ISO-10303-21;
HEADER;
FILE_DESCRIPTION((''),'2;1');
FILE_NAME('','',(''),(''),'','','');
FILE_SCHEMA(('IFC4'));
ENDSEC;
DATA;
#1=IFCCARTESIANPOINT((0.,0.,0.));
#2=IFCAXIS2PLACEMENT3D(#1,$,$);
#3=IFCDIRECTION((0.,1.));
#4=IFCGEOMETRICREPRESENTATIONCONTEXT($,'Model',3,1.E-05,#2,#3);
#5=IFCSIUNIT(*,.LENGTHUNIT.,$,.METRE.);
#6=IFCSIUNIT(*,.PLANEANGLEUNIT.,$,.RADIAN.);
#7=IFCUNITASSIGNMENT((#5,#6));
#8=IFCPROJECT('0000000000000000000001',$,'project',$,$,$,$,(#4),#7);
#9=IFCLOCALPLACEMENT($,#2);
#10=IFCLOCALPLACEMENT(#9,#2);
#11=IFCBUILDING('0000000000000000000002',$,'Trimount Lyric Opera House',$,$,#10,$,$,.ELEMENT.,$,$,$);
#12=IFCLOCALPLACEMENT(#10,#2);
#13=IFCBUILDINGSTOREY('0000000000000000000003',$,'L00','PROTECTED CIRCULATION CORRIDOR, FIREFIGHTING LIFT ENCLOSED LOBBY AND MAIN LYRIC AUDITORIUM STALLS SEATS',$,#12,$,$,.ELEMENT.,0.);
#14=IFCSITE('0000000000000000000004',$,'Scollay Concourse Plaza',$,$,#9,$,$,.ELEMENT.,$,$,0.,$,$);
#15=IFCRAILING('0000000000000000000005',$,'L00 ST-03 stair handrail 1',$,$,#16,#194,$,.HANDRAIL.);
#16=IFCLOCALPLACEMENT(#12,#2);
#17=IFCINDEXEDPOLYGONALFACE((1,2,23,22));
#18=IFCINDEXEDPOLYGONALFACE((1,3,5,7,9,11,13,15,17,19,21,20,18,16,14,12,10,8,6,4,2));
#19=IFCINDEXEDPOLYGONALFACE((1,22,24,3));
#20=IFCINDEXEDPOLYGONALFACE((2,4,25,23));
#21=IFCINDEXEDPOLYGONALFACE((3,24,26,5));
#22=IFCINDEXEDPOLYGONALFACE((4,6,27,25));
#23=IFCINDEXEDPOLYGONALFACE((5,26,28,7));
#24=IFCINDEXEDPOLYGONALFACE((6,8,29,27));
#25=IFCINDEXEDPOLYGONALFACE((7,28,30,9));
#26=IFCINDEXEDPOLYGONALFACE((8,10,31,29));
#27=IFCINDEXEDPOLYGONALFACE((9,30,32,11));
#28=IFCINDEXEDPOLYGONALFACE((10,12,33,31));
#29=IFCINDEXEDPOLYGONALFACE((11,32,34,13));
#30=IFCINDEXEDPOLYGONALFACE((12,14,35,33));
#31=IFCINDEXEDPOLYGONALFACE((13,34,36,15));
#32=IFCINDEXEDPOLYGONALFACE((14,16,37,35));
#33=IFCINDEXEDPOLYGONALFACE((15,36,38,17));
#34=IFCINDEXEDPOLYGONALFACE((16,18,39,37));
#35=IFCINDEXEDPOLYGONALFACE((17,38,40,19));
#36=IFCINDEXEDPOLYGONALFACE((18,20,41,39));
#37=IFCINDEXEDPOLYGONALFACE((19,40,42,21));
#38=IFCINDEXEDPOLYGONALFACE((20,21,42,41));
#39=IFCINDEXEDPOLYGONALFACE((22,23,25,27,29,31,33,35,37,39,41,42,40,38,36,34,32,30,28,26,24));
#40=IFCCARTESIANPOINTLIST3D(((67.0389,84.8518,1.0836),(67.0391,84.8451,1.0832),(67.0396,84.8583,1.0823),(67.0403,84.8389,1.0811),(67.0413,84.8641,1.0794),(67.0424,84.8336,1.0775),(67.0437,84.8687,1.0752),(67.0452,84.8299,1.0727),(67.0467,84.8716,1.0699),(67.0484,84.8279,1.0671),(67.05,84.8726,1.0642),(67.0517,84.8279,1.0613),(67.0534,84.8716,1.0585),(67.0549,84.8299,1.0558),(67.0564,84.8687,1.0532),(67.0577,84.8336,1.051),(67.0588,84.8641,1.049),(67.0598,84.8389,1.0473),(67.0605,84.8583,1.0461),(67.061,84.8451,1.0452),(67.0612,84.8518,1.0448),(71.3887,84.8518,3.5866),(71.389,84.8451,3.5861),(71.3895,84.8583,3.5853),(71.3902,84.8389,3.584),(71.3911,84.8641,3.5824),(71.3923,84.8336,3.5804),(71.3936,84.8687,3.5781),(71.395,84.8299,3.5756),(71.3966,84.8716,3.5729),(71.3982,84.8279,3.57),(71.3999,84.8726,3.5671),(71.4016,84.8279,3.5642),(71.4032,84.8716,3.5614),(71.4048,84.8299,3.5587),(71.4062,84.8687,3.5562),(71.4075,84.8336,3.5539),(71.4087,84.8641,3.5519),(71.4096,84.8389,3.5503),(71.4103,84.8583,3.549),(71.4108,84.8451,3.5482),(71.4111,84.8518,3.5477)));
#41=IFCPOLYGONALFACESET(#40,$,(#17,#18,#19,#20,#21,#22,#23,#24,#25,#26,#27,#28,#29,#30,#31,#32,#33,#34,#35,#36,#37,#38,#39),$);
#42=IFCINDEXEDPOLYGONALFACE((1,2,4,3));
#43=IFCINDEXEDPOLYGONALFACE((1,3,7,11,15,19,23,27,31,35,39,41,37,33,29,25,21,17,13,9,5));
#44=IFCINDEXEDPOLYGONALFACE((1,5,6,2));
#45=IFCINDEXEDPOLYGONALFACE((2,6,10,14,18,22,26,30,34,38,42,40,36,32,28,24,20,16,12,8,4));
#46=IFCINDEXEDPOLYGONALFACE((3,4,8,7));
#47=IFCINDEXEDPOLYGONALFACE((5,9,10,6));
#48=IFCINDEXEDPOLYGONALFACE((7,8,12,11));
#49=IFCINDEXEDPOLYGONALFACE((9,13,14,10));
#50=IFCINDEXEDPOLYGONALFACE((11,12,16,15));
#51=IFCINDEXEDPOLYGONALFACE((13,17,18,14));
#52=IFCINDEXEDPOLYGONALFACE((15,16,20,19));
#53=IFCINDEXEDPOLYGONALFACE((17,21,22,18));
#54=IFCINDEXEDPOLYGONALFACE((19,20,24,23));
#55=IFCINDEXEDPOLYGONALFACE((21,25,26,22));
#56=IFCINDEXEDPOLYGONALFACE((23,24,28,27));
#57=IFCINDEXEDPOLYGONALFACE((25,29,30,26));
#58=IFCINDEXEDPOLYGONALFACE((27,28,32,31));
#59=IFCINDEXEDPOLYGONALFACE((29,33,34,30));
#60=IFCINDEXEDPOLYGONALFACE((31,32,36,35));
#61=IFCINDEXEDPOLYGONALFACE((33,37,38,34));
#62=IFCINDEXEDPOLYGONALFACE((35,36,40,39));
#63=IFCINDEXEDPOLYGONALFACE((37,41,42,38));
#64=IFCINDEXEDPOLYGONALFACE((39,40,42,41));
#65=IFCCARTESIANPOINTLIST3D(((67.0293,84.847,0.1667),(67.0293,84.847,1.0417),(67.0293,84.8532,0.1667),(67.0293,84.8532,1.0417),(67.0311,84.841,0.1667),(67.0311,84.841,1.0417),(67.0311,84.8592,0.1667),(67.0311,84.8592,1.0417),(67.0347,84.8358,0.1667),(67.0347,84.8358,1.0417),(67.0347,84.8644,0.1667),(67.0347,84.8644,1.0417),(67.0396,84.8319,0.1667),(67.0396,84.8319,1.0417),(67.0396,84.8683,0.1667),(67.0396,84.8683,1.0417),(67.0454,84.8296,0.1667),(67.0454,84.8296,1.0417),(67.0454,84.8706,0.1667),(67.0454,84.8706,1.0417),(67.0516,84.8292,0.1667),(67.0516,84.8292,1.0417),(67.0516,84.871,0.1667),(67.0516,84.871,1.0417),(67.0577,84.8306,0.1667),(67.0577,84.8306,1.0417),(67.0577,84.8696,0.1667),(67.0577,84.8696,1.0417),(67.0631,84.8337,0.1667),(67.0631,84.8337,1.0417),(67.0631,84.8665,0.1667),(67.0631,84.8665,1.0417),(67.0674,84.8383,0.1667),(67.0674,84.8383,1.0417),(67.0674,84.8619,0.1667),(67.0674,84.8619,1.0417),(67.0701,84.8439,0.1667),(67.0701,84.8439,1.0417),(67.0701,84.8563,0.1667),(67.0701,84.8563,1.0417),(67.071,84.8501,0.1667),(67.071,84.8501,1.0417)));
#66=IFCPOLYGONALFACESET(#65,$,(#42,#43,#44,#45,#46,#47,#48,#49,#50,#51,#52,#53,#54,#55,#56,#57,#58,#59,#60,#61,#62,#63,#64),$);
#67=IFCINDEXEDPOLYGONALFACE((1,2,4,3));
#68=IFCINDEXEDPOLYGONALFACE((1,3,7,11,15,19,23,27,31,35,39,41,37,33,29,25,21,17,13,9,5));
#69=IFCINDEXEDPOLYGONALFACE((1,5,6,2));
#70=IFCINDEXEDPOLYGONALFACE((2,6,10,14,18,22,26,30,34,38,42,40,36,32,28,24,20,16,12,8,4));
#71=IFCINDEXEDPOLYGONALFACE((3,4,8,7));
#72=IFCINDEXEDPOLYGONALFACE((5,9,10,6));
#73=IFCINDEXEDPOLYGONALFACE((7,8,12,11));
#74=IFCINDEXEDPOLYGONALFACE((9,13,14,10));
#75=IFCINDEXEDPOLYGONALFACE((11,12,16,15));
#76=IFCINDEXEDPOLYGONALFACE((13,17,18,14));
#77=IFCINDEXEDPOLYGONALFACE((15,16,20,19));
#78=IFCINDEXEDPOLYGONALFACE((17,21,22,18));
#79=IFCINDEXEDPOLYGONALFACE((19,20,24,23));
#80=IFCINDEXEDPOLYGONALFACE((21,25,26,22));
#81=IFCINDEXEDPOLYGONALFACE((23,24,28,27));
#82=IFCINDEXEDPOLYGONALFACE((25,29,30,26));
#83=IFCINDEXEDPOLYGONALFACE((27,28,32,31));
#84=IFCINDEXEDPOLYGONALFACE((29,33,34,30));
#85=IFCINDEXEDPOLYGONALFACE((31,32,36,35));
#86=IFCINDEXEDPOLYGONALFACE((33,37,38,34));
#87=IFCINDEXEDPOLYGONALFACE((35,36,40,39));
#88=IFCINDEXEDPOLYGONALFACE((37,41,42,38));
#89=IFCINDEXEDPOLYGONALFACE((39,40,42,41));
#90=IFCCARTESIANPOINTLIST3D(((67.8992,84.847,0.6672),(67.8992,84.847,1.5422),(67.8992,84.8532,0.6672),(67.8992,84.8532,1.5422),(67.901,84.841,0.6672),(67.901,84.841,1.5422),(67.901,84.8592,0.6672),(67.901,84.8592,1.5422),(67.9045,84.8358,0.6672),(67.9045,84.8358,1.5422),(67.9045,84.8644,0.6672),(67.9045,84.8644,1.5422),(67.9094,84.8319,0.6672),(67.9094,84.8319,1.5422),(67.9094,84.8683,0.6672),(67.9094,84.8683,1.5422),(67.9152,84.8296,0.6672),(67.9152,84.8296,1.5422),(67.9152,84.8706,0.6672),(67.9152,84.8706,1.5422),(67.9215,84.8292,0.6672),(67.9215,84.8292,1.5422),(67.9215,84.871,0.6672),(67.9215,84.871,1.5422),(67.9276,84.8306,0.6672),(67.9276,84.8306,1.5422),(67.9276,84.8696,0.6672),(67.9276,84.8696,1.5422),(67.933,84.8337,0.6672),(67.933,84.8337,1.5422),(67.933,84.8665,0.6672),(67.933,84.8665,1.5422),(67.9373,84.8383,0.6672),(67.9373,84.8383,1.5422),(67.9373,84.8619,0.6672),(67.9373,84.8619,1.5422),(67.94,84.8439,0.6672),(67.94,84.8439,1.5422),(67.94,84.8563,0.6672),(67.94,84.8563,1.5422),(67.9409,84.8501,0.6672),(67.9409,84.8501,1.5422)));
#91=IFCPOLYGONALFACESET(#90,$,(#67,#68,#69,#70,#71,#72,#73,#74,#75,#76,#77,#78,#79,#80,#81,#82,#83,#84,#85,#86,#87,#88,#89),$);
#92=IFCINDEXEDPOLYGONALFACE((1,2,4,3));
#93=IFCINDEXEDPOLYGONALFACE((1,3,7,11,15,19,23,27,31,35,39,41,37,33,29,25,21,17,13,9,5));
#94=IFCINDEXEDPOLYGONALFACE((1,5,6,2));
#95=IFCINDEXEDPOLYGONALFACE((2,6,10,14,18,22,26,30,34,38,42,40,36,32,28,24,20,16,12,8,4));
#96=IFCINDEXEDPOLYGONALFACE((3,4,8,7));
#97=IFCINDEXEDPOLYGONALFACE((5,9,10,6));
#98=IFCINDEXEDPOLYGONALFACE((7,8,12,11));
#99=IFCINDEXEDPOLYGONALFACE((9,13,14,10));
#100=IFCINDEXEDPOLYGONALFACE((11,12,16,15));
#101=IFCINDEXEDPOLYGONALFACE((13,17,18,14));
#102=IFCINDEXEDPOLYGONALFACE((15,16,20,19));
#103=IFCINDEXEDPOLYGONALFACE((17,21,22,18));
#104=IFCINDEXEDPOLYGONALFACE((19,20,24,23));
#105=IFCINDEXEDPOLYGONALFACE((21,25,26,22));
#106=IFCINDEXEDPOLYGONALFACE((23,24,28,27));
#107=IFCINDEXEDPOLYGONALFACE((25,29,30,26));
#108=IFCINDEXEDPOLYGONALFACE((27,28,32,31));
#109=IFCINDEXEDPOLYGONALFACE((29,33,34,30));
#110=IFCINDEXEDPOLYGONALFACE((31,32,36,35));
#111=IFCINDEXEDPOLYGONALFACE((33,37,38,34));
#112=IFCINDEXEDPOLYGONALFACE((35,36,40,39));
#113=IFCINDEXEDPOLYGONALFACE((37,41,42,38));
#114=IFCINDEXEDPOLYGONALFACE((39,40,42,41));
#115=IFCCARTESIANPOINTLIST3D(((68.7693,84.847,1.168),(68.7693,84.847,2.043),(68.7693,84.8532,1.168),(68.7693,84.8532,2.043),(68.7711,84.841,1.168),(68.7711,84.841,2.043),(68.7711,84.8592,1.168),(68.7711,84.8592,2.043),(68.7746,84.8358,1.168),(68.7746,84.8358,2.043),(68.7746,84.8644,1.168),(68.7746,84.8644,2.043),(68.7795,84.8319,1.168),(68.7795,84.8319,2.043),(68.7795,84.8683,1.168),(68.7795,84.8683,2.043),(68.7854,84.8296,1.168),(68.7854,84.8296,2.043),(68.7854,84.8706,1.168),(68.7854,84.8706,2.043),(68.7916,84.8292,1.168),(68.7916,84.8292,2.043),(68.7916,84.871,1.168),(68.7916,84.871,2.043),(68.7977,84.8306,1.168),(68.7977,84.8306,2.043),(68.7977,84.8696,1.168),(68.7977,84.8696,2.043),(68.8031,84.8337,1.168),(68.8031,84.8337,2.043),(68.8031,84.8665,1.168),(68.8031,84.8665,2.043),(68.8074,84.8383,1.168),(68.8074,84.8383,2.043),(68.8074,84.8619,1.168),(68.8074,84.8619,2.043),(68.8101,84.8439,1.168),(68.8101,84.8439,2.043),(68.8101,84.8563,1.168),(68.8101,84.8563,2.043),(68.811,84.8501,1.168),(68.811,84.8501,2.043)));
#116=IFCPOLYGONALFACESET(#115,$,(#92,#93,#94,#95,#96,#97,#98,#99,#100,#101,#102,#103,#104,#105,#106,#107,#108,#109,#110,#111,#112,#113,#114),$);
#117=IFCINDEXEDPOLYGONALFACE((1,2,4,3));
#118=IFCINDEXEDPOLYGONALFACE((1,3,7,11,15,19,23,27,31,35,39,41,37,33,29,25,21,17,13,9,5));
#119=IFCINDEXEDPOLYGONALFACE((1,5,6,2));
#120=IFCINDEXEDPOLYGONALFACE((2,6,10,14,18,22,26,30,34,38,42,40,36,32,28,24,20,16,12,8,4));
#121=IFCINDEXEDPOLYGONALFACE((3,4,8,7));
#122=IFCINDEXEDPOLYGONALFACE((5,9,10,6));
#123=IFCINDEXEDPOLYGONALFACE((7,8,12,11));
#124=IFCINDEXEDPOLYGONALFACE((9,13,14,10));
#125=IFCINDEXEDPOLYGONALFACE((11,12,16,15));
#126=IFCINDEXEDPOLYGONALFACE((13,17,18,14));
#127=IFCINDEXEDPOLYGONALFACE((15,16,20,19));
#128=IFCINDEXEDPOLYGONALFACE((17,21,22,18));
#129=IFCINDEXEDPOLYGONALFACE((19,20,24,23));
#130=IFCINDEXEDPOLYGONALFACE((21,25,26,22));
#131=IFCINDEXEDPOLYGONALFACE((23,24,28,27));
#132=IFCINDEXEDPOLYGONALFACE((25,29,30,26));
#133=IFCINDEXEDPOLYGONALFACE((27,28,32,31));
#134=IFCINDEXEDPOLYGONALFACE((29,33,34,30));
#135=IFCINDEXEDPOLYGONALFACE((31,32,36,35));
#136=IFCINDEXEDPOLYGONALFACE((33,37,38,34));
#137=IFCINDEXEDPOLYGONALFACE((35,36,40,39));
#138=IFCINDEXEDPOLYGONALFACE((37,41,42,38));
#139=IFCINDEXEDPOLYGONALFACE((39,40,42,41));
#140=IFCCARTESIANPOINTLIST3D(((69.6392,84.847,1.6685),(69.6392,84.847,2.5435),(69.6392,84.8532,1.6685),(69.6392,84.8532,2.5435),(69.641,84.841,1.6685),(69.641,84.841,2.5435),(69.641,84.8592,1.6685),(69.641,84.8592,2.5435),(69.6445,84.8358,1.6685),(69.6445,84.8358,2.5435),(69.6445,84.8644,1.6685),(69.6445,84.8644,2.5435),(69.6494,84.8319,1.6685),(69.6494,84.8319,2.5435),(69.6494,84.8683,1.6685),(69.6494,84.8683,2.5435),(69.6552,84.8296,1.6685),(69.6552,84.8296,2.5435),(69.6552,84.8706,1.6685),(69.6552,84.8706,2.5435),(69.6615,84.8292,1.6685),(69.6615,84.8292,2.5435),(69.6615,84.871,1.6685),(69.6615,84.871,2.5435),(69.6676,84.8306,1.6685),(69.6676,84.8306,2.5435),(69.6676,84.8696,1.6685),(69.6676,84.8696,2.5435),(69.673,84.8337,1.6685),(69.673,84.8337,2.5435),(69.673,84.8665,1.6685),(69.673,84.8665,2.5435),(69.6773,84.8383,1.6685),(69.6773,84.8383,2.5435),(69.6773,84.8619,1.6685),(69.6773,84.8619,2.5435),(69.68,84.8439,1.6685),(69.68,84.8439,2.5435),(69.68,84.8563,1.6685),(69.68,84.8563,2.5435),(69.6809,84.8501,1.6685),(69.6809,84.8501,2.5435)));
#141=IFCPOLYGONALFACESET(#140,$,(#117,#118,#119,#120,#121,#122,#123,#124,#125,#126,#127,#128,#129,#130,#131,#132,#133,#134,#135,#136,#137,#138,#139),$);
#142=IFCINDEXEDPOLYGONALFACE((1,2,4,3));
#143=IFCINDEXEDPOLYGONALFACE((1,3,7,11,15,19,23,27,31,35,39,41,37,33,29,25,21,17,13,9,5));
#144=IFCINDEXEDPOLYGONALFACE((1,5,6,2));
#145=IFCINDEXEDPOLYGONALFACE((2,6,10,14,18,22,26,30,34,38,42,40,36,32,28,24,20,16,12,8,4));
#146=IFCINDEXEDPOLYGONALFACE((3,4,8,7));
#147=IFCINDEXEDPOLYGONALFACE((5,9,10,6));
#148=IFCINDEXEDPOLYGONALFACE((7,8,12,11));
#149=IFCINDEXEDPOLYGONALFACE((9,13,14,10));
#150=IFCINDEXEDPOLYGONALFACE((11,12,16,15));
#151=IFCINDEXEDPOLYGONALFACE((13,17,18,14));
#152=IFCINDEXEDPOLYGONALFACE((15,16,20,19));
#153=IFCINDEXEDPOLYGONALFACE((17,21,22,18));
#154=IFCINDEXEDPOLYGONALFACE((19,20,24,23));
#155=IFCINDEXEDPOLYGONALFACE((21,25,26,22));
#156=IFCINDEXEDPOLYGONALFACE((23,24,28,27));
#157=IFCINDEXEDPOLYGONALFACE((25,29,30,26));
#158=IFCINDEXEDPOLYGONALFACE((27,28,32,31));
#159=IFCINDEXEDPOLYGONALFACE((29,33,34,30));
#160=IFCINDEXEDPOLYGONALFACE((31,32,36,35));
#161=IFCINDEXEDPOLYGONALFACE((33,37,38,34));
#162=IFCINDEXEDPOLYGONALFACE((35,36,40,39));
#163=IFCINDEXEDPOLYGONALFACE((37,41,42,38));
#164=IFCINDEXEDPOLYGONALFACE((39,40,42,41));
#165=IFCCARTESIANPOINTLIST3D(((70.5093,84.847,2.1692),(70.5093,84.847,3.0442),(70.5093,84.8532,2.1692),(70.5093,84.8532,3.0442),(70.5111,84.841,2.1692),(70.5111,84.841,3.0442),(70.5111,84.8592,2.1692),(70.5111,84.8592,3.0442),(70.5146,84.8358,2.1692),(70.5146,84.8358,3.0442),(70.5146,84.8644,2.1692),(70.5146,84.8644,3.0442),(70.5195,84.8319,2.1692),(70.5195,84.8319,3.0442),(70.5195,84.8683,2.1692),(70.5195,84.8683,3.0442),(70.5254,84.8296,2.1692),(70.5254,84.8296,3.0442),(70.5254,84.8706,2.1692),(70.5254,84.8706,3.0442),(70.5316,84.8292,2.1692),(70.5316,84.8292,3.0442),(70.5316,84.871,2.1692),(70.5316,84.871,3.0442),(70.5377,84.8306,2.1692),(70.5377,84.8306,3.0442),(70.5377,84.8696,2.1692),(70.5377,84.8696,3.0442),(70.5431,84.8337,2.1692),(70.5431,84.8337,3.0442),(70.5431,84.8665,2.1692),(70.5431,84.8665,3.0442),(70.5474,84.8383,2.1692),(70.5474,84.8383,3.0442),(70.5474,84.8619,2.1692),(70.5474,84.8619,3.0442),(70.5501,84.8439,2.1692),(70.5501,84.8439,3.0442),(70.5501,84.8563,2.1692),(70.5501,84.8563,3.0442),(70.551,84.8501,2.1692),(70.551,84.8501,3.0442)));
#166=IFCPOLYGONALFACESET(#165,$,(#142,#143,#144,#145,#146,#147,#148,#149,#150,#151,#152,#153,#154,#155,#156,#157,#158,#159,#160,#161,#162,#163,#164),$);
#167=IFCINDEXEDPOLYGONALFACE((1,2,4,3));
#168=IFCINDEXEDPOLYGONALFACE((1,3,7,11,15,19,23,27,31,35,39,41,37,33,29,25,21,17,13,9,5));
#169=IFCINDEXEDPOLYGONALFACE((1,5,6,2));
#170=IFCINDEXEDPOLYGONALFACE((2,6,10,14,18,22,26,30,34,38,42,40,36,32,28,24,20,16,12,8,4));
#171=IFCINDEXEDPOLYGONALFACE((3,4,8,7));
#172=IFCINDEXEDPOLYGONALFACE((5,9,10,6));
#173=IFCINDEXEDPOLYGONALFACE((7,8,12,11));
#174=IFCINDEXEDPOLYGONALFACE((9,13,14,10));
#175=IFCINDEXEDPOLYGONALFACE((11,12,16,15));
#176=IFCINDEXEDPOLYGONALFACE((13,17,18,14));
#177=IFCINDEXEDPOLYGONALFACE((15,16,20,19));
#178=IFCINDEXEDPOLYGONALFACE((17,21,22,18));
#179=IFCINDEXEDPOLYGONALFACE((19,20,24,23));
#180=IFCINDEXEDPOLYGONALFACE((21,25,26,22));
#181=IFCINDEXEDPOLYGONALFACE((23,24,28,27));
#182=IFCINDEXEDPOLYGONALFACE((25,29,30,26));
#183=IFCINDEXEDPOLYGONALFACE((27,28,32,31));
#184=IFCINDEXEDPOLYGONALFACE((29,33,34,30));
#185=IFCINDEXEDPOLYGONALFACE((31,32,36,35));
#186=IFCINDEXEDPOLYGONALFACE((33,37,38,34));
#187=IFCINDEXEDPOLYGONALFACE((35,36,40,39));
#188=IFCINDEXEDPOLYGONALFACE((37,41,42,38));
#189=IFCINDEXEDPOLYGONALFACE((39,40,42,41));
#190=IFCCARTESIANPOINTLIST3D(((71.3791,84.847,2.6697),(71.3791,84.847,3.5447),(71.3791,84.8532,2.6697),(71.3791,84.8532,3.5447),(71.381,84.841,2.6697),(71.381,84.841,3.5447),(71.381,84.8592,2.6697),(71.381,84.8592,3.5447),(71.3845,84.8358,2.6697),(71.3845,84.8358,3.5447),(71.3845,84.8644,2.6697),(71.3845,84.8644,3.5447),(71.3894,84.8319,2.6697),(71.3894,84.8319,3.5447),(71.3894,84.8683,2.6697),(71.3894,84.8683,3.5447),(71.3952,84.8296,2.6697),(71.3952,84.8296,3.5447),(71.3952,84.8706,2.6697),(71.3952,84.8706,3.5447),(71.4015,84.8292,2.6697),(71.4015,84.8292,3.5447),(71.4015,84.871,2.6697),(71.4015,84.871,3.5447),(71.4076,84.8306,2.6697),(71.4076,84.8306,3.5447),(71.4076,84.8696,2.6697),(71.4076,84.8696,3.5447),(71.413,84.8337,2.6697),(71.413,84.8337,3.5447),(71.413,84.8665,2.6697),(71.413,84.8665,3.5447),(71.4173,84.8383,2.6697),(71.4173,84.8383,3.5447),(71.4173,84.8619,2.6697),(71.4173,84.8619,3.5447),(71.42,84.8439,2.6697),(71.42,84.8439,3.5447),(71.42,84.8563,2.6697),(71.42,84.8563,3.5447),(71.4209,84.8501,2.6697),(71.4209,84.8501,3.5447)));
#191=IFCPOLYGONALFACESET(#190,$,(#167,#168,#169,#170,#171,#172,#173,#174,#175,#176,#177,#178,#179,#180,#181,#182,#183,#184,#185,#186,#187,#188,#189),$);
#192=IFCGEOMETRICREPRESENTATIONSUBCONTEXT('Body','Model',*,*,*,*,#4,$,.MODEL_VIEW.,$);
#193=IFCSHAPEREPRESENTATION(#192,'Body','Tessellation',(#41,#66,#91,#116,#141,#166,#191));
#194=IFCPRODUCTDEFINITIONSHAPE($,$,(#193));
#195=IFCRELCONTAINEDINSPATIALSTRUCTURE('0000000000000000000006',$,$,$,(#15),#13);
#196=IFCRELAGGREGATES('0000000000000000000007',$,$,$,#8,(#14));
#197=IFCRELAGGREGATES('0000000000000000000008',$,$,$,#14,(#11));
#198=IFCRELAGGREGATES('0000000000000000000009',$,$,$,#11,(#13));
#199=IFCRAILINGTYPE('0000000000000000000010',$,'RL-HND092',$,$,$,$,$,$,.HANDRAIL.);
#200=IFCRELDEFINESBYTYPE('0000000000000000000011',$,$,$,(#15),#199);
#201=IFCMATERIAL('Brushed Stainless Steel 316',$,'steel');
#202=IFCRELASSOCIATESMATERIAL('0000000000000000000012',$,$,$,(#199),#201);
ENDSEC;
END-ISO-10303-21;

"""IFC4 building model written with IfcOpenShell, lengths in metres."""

from ifc_helpers import new_model, si_unit, direction, frame, origin, origin_2d, place, context, subcontext, project, spatial, circle, extrude, material, type_object, element, save


model = new_model("IFC4")

# Units and contexts
model_context = context("Model", 3, precision=1e-05, world=origin(), true_north=direction((0.0, 1.0)))
body_context = subcontext(model_context, "Body", "Model", "MODEL_VIEW")
ifc_project = project(units=[si_unit("LENGTHUNIT", "METRE"), si_unit("PLANEANGLEUNIT", "RADIAN")], contexts=[model_context])

# Site, building, storey
site_placement = place(None, origin())
site = spatial("IfcSite", under=ifc_project, at=site_placement, Name="Scollay Concourse Plaza", CompositionType="ELEMENT", RefElevation=0.0)
building_placement = place(site_placement, origin())
building = spatial("IfcBuilding", under=site, at=building_placement, Name="Trimount Lyric Opera House", CompositionType="ELEMENT")
storey_placement = place(building_placement, origin())
storey = spatial("IfcBuildingStorey", under=building, at=storey_placement, Name="L00", Description="PROTECTED CIRCULATION CORRIDOR, FIREFIGHTING LIFT ENCLOSED LOBBY AND MAIN LYRIC AUDITORIUM STALLS SEATS", CompositionType="ELEMENT", Elevation=0.0)

# Railing
ifc_material_1 = material(Name="Brushed Stainless Steel 316", Category="steel")
railing_type_1 = type_object("IfcRailingType", Name="RL-HND092", PredefinedType="HANDRAIL", material=ifc_material_1)
railing_1_placement = place(storey_placement, frame((67.05, 84.8501, 0.1667)))
element("IfcRailing", 1, at=railing_1_placement, inside=storey, type_object=railing_type_1, Name="L00 ST-03 stair handrail 1", PredefinedType="HANDRAIL", context=body_context, shape_type="SweptSolid", body=[
    extrude(circle(Radius=0.0225, at=origin_2d()), frame((0.0, 0.0, 0.8975), z_axis=(0.866754, 0.0, 0.498735), x_axis=(0.0, 1.0, 0.0)), (0.0, 0.0, 1.0), 5.0186),
    extrude(circle(Radius=0.021, at=origin_2d()), origin(), (0.0, 0.0, 1.0), 0.875),
    extrude(circle(Radius=0.021, at=origin_2d()), frame((0.8699, 0.0, 0.5005)), (0.0, 0.0, 1.0), 0.875),
    extrude(circle(Radius=0.021, at=origin_2d()), frame((1.74, 0.0, 1.0012)), (0.0, 0.0, 1.0), 0.875),
    extrude(circle(Radius=0.021, at=origin_2d()), frame((2.6099, 0.0, 1.5017)), (0.0, 0.0, 1.0), 0.875),
    extrude(circle(Radius=0.021, at=origin_2d()), frame((3.48, 0.0, 2.0024)), (0.0, 0.0, 1.0), 0.875),
    extrude(circle(Radius=0.021, at=origin_2d()), frame((4.3499, 0.0, 2.5029)), (0.0, 0.0, 1.0), 0.875),
])

save(model, "model.ifc")
